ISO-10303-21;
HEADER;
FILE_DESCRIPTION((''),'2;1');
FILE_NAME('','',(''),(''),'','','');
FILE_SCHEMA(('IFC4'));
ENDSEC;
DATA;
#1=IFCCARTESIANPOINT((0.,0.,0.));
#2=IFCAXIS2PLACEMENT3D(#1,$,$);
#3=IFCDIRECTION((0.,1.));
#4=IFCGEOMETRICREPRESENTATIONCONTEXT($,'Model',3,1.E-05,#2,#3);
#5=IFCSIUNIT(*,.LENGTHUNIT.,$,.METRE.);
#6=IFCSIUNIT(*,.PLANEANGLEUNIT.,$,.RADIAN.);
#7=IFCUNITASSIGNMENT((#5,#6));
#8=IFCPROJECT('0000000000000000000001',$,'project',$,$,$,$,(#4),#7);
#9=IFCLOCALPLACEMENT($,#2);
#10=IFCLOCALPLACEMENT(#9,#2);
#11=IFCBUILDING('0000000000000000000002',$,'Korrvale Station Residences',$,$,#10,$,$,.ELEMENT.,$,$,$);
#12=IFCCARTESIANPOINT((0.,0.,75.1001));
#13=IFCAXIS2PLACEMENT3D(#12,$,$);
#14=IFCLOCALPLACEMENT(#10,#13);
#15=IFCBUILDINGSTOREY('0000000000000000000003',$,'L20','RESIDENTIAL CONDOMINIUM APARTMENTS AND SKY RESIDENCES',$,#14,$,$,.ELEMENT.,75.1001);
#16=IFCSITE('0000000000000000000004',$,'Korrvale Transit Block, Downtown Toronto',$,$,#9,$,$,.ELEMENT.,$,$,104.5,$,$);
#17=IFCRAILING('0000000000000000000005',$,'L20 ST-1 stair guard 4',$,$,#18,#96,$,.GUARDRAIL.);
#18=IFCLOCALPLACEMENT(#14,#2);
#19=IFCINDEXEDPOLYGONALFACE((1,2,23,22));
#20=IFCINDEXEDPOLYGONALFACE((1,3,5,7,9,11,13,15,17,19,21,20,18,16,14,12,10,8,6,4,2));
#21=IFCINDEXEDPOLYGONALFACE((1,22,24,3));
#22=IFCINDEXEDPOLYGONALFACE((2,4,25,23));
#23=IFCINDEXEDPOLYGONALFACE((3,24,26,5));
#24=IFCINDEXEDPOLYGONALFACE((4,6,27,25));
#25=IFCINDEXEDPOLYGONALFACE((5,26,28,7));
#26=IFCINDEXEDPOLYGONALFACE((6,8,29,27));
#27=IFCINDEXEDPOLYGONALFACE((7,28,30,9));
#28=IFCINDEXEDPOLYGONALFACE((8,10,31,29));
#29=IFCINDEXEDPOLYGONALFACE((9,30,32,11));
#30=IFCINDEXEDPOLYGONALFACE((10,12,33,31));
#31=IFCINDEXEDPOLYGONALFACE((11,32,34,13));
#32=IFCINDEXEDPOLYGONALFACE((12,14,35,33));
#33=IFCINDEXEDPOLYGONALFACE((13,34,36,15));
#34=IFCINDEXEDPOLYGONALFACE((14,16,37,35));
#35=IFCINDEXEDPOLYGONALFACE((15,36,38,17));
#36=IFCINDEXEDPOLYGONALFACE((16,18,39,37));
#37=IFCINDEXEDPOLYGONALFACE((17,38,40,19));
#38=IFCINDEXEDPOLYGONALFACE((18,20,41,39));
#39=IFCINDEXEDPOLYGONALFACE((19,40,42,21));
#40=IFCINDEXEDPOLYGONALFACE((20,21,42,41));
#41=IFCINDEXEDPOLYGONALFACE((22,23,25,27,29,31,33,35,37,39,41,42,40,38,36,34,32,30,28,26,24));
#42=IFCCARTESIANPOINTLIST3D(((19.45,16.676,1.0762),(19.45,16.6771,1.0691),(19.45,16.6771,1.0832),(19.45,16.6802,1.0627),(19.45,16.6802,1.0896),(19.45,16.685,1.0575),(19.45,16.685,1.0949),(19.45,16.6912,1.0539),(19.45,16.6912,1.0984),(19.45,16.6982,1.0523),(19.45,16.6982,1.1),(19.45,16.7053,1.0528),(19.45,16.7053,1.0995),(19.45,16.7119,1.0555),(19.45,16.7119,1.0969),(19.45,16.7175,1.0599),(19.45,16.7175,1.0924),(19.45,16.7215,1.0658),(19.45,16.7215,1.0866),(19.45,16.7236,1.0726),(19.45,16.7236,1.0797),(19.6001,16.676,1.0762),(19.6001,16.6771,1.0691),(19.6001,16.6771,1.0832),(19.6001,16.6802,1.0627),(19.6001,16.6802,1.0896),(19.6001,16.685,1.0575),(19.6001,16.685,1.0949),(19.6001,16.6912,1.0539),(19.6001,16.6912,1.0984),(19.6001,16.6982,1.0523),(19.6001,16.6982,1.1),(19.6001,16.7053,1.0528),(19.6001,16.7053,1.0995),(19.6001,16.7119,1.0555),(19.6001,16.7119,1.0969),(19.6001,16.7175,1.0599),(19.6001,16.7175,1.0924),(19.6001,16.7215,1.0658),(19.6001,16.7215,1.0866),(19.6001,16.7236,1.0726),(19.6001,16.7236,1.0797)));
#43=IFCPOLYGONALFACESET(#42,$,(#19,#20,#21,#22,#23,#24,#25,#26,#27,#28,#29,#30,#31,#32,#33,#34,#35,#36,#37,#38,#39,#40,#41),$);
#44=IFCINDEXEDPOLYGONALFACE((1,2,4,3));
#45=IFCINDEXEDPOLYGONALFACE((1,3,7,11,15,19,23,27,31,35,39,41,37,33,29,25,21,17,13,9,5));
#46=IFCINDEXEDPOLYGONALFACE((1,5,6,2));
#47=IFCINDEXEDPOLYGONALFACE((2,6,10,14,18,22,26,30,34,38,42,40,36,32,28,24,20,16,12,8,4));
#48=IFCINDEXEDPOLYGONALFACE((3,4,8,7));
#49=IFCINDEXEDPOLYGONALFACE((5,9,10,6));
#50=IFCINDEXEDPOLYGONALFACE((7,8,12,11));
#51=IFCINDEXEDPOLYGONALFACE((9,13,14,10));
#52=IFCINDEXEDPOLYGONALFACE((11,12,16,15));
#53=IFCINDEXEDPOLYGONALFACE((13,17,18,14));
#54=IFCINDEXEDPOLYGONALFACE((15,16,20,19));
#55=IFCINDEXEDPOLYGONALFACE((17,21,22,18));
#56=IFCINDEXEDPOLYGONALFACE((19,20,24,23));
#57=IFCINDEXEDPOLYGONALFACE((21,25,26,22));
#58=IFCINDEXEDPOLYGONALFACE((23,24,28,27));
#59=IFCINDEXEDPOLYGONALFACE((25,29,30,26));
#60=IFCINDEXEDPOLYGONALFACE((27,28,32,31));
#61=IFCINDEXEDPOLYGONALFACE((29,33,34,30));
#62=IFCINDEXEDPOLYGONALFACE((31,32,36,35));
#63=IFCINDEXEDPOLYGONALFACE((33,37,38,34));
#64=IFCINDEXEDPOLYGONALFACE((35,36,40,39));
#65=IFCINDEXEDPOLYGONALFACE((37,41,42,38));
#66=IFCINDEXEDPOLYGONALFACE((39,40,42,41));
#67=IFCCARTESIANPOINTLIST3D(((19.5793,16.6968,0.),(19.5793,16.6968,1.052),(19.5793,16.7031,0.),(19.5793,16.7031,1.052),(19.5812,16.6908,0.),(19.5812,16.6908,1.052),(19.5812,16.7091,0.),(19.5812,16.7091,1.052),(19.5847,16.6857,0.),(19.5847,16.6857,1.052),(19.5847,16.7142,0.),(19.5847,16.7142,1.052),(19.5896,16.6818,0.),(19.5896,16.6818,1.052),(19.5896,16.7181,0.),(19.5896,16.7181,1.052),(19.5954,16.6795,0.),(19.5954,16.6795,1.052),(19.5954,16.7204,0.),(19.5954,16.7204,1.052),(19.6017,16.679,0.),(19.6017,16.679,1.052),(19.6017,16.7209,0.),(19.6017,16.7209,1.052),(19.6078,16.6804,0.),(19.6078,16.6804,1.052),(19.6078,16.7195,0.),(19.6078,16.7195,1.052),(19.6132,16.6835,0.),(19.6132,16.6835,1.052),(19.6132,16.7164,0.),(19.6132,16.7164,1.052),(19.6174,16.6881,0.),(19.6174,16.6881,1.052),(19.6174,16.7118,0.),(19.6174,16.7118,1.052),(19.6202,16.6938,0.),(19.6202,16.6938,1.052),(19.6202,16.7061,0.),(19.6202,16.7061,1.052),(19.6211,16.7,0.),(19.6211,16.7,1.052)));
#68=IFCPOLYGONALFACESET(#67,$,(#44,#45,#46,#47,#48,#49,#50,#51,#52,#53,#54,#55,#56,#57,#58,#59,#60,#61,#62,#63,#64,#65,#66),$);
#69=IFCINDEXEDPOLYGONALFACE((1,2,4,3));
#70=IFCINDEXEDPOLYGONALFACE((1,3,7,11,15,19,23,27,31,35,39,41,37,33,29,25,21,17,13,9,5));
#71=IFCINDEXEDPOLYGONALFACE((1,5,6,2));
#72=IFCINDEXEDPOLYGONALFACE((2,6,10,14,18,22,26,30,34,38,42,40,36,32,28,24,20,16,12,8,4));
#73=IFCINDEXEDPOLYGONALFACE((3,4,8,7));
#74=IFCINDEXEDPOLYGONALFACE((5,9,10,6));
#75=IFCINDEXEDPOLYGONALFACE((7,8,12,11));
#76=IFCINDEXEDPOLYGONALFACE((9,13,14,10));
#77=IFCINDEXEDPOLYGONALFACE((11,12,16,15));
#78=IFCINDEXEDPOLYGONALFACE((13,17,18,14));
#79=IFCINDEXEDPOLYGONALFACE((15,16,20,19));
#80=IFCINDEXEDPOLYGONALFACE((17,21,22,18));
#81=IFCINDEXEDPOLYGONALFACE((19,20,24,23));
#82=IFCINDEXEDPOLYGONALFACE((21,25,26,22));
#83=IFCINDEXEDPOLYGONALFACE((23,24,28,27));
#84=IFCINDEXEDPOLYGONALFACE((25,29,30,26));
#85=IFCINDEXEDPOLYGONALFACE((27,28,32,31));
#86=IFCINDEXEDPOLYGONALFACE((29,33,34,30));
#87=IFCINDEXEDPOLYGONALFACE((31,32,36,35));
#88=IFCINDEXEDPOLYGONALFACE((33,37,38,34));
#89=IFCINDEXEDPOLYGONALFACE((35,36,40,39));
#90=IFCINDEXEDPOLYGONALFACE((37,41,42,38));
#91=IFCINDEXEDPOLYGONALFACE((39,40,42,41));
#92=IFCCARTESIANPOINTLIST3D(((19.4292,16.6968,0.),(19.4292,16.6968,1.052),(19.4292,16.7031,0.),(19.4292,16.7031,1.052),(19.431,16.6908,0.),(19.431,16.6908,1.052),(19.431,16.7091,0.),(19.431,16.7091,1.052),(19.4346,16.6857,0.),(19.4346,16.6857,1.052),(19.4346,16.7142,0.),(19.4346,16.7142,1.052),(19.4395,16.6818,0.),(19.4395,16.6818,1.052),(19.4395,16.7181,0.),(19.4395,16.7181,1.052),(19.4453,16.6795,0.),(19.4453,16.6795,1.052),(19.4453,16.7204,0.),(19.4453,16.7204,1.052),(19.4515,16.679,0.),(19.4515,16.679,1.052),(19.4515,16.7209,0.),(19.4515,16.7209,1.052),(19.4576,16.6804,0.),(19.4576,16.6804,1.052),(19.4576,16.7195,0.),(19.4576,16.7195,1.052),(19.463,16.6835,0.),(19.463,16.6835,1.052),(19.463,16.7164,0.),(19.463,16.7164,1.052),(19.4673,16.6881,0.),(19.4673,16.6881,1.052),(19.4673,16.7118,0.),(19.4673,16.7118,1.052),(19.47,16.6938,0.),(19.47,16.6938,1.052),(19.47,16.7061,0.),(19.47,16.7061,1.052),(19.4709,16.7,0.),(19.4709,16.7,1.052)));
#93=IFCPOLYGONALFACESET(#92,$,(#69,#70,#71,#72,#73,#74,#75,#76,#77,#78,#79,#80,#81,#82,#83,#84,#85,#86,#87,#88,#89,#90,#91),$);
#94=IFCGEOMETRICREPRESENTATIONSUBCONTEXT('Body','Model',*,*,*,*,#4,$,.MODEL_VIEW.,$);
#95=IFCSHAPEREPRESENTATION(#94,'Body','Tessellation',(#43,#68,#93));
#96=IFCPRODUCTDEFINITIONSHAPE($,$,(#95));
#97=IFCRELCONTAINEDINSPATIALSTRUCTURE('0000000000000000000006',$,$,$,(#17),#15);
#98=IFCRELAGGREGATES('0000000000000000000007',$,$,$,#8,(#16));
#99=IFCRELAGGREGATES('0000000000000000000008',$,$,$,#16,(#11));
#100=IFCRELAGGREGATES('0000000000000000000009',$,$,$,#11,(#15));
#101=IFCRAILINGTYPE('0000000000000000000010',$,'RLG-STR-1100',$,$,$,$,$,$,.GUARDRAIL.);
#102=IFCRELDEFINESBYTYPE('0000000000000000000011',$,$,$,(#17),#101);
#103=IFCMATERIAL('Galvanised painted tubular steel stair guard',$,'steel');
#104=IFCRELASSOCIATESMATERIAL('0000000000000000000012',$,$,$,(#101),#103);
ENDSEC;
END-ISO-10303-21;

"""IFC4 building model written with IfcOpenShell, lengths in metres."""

from ifc_helpers import new_model, si_unit, direction, frame, origin, origin_2d, place, context, subcontext, project, spatial, circle, extrude, material, type_object, element, save


model = new_model("IFC4")

# Units and contexts
model_context = context("Model", 3, precision=1e-05, world=origin(), true_north=direction((0.0, 1.0)))
body_context = subcontext(model_context, "Body", "Model", "MODEL_VIEW")
ifc_project = project(units=[si_unit("LENGTHUNIT", "METRE"), si_unit("PLANEANGLEUNIT", "RADIAN")], contexts=[model_context])

# Site, building, storey
site_placement = place(None, origin())
site = spatial("IfcSite", under=ifc_project, at=site_placement, Name="Korrvale Transit Block, Downtown Toronto", CompositionType="ELEMENT", RefElevation=104.5)
building_placement = place(site_placement, origin())
building = spatial("IfcBuilding", under=site, at=building_placement, Name="Korrvale Station Residences", CompositionType="ELEMENT")
storey_placement = place(building_placement, frame((0.0, 0.0, 75.1001)))
storey = spatial("IfcBuildingStorey", under=building, at=storey_placement, Name="L20", Description="RESIDENTIAL CONDOMINIUM APARTMENTS AND SKY RESIDENCES", CompositionType="ELEMENT", Elevation=75.1001)

# Railing
ifc_material_1 = material(Name="Galvanised painted tubular steel stair guard", Category="steel")
railing_type_1 = type_object("IfcRailingType", Name="RLG-STR-1100", PredefinedType="GUARDRAIL", material=ifc_material_1)
railing_1_placement = place(storey_placement, frame((19.6001, 16.7, 0.0)))
element("IfcRailing", 1, at=railing_1_placement, inside=storey, type_object=railing_type_1, Name="L20 ST-1 stair guard 4", PredefinedType="GUARDRAIL", context=body_context, shape_type="SweptSolid", body=[
    extrude(circle(Radius=0.0239, at=origin_2d()), frame((0.0, 0.0, 1.0762), z_axis=(-1.0, 0.0, 0.0), x_axis=(0.0, -1.0, 0.0)), (0.0, 0.0, 1.0), 0.1501),
    extrude(circle(Radius=0.021, at=origin_2d()), origin(), (0.0, 0.0, 1.0), 1.052),
    extrude(circle(Radius=0.021, at=origin_2d()), frame((-0.1501, 0.0, 0.0)), (0.0, 0.0, 1.0), 1.052),
])

save(model, "model.ifc")
